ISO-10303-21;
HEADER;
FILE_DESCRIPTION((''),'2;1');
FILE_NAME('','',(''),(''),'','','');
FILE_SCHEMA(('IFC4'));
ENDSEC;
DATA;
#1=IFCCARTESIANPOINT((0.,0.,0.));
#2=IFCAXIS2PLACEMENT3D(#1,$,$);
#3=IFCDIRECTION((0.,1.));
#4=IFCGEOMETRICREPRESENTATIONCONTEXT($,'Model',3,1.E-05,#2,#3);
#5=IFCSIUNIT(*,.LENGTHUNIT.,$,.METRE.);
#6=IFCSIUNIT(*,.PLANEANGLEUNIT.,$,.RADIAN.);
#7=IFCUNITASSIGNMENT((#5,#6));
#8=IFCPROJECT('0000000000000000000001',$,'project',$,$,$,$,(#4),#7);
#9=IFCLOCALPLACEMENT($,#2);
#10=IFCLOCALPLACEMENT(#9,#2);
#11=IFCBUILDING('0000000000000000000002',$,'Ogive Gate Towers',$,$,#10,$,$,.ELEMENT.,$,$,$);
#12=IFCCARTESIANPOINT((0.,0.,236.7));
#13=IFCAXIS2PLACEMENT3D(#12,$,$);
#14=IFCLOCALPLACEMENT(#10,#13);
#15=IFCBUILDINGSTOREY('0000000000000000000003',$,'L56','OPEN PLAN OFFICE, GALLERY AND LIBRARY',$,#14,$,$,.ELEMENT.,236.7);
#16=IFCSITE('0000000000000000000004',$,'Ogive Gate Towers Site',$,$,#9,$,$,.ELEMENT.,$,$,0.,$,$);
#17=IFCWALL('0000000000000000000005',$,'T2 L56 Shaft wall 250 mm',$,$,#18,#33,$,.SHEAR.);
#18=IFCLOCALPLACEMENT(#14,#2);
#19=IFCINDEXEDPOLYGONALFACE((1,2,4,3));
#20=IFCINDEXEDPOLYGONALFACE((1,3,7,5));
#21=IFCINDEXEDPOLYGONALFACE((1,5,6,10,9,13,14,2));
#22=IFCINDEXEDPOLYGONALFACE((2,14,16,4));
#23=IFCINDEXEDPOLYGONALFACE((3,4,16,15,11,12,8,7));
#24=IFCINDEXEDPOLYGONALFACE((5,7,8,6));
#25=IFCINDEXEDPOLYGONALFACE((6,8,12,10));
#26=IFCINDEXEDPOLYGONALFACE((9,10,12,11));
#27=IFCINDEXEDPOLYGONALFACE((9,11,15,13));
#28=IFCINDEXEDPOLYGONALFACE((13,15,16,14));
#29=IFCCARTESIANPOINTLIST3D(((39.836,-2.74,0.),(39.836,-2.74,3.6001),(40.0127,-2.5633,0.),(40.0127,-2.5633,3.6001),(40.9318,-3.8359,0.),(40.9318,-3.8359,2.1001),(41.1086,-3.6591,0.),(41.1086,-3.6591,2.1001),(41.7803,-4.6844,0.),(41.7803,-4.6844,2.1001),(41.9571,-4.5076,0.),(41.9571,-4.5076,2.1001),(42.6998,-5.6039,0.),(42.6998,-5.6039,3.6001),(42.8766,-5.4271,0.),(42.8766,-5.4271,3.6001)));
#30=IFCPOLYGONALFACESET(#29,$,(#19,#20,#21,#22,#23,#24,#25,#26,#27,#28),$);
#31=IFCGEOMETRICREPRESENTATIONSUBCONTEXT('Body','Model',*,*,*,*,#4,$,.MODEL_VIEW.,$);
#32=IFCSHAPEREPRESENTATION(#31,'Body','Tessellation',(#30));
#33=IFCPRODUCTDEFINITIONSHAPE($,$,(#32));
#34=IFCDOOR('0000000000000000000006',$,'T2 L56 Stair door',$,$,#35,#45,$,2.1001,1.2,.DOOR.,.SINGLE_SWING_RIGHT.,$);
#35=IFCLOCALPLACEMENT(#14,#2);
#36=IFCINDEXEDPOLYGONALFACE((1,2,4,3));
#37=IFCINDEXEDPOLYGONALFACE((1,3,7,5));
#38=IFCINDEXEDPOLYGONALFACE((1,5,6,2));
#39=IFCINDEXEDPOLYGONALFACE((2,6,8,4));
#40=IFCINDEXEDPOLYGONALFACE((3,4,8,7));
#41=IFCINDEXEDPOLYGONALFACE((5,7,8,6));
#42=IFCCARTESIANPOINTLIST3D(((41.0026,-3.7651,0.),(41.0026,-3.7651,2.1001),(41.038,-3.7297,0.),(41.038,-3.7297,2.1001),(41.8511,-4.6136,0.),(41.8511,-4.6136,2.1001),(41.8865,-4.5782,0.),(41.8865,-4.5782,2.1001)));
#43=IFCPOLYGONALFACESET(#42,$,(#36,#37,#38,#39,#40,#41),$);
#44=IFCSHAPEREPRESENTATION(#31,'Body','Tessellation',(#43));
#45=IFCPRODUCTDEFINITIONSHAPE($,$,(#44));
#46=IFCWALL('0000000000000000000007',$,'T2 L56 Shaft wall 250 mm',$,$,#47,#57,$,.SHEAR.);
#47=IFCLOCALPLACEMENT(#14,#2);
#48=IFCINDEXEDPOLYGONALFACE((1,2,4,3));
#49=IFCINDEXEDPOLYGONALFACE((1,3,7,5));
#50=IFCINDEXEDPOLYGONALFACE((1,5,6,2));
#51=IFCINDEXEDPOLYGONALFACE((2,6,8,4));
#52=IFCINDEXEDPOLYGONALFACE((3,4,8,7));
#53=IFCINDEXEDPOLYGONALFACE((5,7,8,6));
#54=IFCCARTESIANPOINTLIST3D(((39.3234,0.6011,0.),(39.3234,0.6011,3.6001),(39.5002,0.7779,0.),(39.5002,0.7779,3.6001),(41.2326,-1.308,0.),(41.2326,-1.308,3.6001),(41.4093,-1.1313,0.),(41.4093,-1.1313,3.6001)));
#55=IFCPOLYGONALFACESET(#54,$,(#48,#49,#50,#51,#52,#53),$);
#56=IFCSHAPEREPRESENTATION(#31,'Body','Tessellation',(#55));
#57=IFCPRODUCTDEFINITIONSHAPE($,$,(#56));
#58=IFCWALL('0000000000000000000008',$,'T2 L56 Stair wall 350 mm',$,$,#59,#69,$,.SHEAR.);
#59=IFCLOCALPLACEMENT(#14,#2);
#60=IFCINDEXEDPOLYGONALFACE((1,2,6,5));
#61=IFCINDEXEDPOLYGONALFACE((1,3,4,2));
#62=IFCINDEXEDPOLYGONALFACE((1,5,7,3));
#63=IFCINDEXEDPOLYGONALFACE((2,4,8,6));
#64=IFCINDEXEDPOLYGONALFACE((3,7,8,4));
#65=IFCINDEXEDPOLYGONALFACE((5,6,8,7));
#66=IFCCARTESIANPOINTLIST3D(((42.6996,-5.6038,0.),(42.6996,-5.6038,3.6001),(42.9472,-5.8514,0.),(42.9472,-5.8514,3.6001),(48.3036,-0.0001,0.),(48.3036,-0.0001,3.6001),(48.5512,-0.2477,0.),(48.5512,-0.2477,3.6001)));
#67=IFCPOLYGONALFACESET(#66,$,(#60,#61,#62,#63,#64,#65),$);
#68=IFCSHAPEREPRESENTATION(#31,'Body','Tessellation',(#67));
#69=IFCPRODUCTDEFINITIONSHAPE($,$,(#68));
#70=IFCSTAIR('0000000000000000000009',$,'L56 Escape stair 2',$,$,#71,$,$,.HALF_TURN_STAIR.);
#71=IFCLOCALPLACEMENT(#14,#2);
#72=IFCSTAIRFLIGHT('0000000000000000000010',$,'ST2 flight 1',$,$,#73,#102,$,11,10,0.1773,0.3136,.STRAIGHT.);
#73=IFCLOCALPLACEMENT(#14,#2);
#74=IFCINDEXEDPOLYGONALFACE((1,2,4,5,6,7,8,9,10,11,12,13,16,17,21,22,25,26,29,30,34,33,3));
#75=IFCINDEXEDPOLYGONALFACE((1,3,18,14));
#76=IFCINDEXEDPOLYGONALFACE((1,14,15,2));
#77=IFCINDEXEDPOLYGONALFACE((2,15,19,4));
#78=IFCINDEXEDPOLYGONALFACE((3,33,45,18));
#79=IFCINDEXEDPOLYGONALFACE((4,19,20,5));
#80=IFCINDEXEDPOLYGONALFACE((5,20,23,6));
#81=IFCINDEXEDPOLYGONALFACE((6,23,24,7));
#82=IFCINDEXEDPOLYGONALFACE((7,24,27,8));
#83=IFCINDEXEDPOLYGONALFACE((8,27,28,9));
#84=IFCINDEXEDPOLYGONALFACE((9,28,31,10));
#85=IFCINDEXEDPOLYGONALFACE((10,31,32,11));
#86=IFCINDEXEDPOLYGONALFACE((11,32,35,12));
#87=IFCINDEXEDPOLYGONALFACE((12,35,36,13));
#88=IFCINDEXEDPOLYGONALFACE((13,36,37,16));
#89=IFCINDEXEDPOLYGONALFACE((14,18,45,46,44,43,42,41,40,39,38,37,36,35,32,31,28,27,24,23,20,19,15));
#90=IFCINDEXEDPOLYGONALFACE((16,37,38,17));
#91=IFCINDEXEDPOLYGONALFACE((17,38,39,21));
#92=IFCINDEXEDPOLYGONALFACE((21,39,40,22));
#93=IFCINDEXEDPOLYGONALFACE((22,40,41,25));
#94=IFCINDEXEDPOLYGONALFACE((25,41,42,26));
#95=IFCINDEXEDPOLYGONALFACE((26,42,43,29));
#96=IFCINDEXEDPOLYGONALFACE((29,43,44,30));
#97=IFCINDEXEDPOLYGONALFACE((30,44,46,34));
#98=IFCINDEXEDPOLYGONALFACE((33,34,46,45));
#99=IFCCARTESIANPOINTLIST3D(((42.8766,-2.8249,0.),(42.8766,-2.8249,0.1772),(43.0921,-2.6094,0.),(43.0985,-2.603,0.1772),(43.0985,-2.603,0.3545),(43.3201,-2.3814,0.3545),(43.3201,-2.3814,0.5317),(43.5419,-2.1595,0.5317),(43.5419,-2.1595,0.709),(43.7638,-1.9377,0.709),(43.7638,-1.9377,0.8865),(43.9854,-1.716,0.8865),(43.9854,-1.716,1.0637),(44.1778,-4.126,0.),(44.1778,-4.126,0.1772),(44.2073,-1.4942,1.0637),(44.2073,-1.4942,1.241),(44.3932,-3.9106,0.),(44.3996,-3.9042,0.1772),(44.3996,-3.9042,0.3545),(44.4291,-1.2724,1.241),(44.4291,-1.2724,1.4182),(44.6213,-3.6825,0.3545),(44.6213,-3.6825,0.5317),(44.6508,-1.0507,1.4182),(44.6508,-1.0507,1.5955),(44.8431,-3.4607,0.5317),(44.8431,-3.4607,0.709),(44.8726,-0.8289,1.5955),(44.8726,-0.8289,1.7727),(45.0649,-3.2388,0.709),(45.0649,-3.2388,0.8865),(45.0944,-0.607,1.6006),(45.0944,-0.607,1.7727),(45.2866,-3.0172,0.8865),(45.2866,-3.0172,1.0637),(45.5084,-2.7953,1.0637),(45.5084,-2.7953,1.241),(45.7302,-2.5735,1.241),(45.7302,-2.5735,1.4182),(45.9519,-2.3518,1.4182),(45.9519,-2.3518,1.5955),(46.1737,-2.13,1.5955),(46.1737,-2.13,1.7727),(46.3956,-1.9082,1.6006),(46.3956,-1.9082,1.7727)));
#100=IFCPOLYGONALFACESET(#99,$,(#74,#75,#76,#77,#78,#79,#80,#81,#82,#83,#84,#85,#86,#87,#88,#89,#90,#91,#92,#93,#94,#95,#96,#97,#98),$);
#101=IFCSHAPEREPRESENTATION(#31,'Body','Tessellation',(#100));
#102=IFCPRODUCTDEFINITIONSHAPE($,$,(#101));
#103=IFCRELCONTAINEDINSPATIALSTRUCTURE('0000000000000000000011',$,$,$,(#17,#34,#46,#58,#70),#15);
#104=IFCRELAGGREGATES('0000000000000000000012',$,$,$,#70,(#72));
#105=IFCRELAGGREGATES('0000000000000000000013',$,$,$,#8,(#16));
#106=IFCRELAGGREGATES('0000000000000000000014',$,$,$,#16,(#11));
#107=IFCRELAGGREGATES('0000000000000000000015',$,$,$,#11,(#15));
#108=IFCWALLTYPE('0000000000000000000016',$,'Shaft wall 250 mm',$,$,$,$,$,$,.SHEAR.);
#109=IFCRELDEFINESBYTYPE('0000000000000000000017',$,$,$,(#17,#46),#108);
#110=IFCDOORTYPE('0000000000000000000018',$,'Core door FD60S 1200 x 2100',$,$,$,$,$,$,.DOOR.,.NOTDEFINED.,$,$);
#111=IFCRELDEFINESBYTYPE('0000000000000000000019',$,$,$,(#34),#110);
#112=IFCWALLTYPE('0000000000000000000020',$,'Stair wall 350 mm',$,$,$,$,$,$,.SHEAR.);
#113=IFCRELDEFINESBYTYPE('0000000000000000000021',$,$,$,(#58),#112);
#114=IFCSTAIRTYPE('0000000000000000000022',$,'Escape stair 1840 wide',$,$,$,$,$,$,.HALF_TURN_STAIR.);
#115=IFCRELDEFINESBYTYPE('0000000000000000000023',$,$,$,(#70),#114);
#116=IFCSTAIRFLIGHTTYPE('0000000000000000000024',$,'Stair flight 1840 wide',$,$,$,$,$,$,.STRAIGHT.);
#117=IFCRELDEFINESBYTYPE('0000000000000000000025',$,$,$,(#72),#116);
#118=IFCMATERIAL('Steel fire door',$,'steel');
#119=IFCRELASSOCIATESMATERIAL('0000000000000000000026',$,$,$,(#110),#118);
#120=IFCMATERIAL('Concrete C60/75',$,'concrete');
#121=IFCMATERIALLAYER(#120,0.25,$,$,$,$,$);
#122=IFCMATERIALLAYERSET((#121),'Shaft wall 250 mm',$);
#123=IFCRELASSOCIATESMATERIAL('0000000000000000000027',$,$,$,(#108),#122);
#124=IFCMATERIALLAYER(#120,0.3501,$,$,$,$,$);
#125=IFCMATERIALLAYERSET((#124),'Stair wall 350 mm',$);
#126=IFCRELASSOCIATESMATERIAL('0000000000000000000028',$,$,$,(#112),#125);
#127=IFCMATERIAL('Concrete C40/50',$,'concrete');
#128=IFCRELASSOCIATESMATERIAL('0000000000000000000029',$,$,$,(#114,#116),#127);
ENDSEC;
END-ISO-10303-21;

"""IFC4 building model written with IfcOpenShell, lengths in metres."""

from ifc_helpers import new_model, si_unit, direction, frame, frame_2d, origin, place, context, subcontext, project, spatial, polyline, rectangle, outline, extrude, material, layer, layer_set, type_object, element, fill, aggregate, save


model = new_model("IFC4")

# Units and contexts
model_context = context("Model", 3, precision=1e-05, world=origin(), true_north=direction((0.0, 1.0)))
body_context = subcontext(model_context, "Body", "Model", "MODEL_VIEW")
ifc_project = project(units=[si_unit("LENGTHUNIT", "METRE"), si_unit("PLANEANGLEUNIT", "RADIAN")], contexts=[model_context])

# Site, building, storey
site_placement = place(None, origin())
site = spatial("IfcSite", under=ifc_project, at=site_placement, Name="Ogive Gate Towers Site", CompositionType="ELEMENT", RefElevation=0.0)
building_placement = place(site_placement, origin())
building = spatial("IfcBuilding", under=site, at=building_placement, Name="Ogive Gate Towers", CompositionType="ELEMENT")
storey_placement = place(building_placement, frame((0.0, 0.0, 236.7)))
storey = spatial("IfcBuildingStorey", under=building, at=storey_placement, Name="L56", Description="OPEN PLAN OFFICE, GALLERY AND LIBRARY", CompositionType="ELEMENT", Elevation=236.7)

# Shared definitions
ifc_material_1 = material(Name="Concrete C40/50", Category="concrete")

# Shared definitions
ifc_material_2 = material(Name="Concrete C60/75", Category="concrete")
ifc_material_3 = material(Name="Steel fire door", Category="steel")
door_type_1 = type_object("IfcDoorType", Name="Core door FD60S 1200 x 2100", OperationType="NOTDEFINED", PredefinedType="DOOR", material=ifc_material_3)

# Shared definitions
ifc_layer_1 = layer(ifc_material_2, 0.25)
ifc_layer_set_1 = layer_set([ifc_layer_1], Name="Shaft wall 250 mm")
wall_type_1 = type_object("IfcWallType", Name="Shaft wall 250 mm", PredefinedType="SHEAR", material=ifc_layer_set_1)

# Wall, opening, door
wall_1_placement = place(storey_placement, frame((42.7881, -5.5154, 0.0), z_axis=(0.0, 0.0, 1.0), x_axis=(-0.707107, 0.707107, 0.0)))
wall_1 = element("IfcWall", 1, at=wall_1_placement, inside=storey, type_object=wall_type_1, Name="T2 L56 Shaft wall 250 mm", PredefinedType="SHEAR", context=body_context, shape_type="SweptSolid", body=[
    extrude(rectangle(XDim=4.05, YDim=0.25, at=frame_2d((2.0249, 0.0))), origin(), (0.0, 0.0, 1.0), 3.6001),
])
opening_1_placement = place(wall_1_placement, frame((1.3, 0.0, 0.0)))
opening_1 = element("IfcOpeningElement", 2, at=opening_1_placement, cuts=wall_1, PredefinedType="OPENING", context=body_context, shape_type="SweptSolid", body=[
    extrude(rectangle(XDim=1.2, YDim=2.1001, at=frame_2d((0.6001, 1.05))), frame((0.0, 0.135, 0.0), z_axis=(0.0, -1.0, 0.0), x_axis=(1.0, 0.0, 0.0)), (0.0, 0.0, 1.0), 0.27),
])
door_1_placement = place(opening_1_placement, origin())
door_1 = element("IfcDoor", 3, at=door_1_placement, inside=storey, type_object=door_type_1, Name="T2 L56 Stair door", OperationType="SINGLE_SWING_RIGHT", OverallHeight=2.1001, OverallWidth=1.2, PredefinedType="DOOR", context=body_context, shape_type="SweptSolid", body=[
    extrude(rectangle(XDim=1.2, YDim=2.1001, at=frame_2d((0.6001, 1.05))), frame((0.0, 0.0249, 0.0), z_axis=(0.0, -1.0, 0.0), x_axis=(1.0, 0.0, 0.0)), (0.0, 0.0, 1.0), 0.05),
])
fill(opening_1, door_1)

# Walls
wall_2_placement = place(storey_placement, frame((41.321, -1.2197, 0.0), z_axis=(0.0, 0.0, 1.0), x_axis=(-0.707107, 0.707107, 0.0)))
element("IfcWall", 4, at=wall_2_placement, inside=storey, type_object=wall_type_1, Name="T2 L56 Shaft wall 250 mm", PredefinedType="SHEAR", context=body_context, shape_type="SweptSolid", body=[
    extrude(rectangle(XDim=2.7, YDim=0.25, at=frame_2d((1.3501, 0.0))), origin(), (0.0, 0.0, 1.0), 3.6001),
])
ifc_layer_2 = layer(ifc_material_2, 0.3501)
ifc_layer_set_2 = layer_set([ifc_layer_2], Name="Stair wall 350 mm")
wall_type_2 = type_object("IfcWallType", Name="Stair wall 350 mm", PredefinedType="SHEAR", material=ifc_layer_set_2)
wall_3_placement = place(storey_placement, frame((42.8235, -5.7275, 0.0), z_axis=(0.0, 0.0, 1.0), x_axis=(0.707122, 0.707091, 0.0)))
element("IfcWall", 5, at=wall_3_placement, inside=storey, type_object=wall_type_2, Name="T2 L56 Stair wall 350 mm", PredefinedType="SHEAR", context=body_context, shape_type="SweptSolid", body=[
    extrude(rectangle(XDim=7.925, YDim=0.3501, at=frame_2d((3.9624, 0.0))), origin(), (0.0, 0.0, 1.0), 3.6001),
])

# Stair, stair flight
stair_type = type_object("IfcStairType", Name="Escape stair 1840 wide", PredefinedType="HALF_TURN_STAIR", material=ifc_material_1)
stair_placement = place(storey_placement, origin())
stair = element("IfcStair", 6, at=stair_placement, inside=storey, type_object=stair_type, Name="L56 Escape stair 2", PredefinedType="HALF_TURN_STAIR")
stair_flight_type = type_object("IfcStairFlightType", Name="Stair flight 1840 wide", PredefinedType="STRAIGHT", material=ifc_material_1)
stair_flight_placement = place(storey_placement, frame((43.5271, -3.4753, 0.0), z_axis=(0.0, 0.0, 1.0), x_axis=(0.707107, 0.707107, 0.0)))
stair_flight = element("IfcStairFlight", 7, at=stair_flight_placement, type_object=stair_flight_type, Name="ST2 flight 1", NumberOfRisers=11, NumberOfTreads=10, PredefinedType="STRAIGHT", RiserHeight=0.1773, TreadLength=0.3136, context=body_context, shape_type="SweptSolid", body=[
    extrude(outline(polyline([(0.0, 0.0), (0.0, 0.1772), (0.3137, 0.1772), (0.3137, 0.3545), (0.6272, 0.3545), (0.6272, 0.5317), (0.9409, 0.5317), (0.9409, 0.709), (1.2546, 0.709), (1.2546, 0.8865), (1.5681, 0.8865), (1.5681, 1.0637), (1.8818, 1.0637), (1.8818, 1.241), (2.1956, 1.241), (2.1956, 1.4182), (2.509, 1.4182), (2.509, 1.5955), (2.8228, 1.5955), (2.8228, 1.7727), (3.1365, 1.7727), (3.1365, 1.95), (3.1365, 1.6006), (0.3047, 0.0), (0.0, 0.0)])), frame((0.0, 0.9199, 0.0), z_axis=(0.0, -1.0, 0.0), x_axis=(1.0, 0.0, 0.0)), (0.0, 0.0, 1.0), 1.8401),
])
aggregate(stair, [stair_flight])

save(model, "model.ifc")
